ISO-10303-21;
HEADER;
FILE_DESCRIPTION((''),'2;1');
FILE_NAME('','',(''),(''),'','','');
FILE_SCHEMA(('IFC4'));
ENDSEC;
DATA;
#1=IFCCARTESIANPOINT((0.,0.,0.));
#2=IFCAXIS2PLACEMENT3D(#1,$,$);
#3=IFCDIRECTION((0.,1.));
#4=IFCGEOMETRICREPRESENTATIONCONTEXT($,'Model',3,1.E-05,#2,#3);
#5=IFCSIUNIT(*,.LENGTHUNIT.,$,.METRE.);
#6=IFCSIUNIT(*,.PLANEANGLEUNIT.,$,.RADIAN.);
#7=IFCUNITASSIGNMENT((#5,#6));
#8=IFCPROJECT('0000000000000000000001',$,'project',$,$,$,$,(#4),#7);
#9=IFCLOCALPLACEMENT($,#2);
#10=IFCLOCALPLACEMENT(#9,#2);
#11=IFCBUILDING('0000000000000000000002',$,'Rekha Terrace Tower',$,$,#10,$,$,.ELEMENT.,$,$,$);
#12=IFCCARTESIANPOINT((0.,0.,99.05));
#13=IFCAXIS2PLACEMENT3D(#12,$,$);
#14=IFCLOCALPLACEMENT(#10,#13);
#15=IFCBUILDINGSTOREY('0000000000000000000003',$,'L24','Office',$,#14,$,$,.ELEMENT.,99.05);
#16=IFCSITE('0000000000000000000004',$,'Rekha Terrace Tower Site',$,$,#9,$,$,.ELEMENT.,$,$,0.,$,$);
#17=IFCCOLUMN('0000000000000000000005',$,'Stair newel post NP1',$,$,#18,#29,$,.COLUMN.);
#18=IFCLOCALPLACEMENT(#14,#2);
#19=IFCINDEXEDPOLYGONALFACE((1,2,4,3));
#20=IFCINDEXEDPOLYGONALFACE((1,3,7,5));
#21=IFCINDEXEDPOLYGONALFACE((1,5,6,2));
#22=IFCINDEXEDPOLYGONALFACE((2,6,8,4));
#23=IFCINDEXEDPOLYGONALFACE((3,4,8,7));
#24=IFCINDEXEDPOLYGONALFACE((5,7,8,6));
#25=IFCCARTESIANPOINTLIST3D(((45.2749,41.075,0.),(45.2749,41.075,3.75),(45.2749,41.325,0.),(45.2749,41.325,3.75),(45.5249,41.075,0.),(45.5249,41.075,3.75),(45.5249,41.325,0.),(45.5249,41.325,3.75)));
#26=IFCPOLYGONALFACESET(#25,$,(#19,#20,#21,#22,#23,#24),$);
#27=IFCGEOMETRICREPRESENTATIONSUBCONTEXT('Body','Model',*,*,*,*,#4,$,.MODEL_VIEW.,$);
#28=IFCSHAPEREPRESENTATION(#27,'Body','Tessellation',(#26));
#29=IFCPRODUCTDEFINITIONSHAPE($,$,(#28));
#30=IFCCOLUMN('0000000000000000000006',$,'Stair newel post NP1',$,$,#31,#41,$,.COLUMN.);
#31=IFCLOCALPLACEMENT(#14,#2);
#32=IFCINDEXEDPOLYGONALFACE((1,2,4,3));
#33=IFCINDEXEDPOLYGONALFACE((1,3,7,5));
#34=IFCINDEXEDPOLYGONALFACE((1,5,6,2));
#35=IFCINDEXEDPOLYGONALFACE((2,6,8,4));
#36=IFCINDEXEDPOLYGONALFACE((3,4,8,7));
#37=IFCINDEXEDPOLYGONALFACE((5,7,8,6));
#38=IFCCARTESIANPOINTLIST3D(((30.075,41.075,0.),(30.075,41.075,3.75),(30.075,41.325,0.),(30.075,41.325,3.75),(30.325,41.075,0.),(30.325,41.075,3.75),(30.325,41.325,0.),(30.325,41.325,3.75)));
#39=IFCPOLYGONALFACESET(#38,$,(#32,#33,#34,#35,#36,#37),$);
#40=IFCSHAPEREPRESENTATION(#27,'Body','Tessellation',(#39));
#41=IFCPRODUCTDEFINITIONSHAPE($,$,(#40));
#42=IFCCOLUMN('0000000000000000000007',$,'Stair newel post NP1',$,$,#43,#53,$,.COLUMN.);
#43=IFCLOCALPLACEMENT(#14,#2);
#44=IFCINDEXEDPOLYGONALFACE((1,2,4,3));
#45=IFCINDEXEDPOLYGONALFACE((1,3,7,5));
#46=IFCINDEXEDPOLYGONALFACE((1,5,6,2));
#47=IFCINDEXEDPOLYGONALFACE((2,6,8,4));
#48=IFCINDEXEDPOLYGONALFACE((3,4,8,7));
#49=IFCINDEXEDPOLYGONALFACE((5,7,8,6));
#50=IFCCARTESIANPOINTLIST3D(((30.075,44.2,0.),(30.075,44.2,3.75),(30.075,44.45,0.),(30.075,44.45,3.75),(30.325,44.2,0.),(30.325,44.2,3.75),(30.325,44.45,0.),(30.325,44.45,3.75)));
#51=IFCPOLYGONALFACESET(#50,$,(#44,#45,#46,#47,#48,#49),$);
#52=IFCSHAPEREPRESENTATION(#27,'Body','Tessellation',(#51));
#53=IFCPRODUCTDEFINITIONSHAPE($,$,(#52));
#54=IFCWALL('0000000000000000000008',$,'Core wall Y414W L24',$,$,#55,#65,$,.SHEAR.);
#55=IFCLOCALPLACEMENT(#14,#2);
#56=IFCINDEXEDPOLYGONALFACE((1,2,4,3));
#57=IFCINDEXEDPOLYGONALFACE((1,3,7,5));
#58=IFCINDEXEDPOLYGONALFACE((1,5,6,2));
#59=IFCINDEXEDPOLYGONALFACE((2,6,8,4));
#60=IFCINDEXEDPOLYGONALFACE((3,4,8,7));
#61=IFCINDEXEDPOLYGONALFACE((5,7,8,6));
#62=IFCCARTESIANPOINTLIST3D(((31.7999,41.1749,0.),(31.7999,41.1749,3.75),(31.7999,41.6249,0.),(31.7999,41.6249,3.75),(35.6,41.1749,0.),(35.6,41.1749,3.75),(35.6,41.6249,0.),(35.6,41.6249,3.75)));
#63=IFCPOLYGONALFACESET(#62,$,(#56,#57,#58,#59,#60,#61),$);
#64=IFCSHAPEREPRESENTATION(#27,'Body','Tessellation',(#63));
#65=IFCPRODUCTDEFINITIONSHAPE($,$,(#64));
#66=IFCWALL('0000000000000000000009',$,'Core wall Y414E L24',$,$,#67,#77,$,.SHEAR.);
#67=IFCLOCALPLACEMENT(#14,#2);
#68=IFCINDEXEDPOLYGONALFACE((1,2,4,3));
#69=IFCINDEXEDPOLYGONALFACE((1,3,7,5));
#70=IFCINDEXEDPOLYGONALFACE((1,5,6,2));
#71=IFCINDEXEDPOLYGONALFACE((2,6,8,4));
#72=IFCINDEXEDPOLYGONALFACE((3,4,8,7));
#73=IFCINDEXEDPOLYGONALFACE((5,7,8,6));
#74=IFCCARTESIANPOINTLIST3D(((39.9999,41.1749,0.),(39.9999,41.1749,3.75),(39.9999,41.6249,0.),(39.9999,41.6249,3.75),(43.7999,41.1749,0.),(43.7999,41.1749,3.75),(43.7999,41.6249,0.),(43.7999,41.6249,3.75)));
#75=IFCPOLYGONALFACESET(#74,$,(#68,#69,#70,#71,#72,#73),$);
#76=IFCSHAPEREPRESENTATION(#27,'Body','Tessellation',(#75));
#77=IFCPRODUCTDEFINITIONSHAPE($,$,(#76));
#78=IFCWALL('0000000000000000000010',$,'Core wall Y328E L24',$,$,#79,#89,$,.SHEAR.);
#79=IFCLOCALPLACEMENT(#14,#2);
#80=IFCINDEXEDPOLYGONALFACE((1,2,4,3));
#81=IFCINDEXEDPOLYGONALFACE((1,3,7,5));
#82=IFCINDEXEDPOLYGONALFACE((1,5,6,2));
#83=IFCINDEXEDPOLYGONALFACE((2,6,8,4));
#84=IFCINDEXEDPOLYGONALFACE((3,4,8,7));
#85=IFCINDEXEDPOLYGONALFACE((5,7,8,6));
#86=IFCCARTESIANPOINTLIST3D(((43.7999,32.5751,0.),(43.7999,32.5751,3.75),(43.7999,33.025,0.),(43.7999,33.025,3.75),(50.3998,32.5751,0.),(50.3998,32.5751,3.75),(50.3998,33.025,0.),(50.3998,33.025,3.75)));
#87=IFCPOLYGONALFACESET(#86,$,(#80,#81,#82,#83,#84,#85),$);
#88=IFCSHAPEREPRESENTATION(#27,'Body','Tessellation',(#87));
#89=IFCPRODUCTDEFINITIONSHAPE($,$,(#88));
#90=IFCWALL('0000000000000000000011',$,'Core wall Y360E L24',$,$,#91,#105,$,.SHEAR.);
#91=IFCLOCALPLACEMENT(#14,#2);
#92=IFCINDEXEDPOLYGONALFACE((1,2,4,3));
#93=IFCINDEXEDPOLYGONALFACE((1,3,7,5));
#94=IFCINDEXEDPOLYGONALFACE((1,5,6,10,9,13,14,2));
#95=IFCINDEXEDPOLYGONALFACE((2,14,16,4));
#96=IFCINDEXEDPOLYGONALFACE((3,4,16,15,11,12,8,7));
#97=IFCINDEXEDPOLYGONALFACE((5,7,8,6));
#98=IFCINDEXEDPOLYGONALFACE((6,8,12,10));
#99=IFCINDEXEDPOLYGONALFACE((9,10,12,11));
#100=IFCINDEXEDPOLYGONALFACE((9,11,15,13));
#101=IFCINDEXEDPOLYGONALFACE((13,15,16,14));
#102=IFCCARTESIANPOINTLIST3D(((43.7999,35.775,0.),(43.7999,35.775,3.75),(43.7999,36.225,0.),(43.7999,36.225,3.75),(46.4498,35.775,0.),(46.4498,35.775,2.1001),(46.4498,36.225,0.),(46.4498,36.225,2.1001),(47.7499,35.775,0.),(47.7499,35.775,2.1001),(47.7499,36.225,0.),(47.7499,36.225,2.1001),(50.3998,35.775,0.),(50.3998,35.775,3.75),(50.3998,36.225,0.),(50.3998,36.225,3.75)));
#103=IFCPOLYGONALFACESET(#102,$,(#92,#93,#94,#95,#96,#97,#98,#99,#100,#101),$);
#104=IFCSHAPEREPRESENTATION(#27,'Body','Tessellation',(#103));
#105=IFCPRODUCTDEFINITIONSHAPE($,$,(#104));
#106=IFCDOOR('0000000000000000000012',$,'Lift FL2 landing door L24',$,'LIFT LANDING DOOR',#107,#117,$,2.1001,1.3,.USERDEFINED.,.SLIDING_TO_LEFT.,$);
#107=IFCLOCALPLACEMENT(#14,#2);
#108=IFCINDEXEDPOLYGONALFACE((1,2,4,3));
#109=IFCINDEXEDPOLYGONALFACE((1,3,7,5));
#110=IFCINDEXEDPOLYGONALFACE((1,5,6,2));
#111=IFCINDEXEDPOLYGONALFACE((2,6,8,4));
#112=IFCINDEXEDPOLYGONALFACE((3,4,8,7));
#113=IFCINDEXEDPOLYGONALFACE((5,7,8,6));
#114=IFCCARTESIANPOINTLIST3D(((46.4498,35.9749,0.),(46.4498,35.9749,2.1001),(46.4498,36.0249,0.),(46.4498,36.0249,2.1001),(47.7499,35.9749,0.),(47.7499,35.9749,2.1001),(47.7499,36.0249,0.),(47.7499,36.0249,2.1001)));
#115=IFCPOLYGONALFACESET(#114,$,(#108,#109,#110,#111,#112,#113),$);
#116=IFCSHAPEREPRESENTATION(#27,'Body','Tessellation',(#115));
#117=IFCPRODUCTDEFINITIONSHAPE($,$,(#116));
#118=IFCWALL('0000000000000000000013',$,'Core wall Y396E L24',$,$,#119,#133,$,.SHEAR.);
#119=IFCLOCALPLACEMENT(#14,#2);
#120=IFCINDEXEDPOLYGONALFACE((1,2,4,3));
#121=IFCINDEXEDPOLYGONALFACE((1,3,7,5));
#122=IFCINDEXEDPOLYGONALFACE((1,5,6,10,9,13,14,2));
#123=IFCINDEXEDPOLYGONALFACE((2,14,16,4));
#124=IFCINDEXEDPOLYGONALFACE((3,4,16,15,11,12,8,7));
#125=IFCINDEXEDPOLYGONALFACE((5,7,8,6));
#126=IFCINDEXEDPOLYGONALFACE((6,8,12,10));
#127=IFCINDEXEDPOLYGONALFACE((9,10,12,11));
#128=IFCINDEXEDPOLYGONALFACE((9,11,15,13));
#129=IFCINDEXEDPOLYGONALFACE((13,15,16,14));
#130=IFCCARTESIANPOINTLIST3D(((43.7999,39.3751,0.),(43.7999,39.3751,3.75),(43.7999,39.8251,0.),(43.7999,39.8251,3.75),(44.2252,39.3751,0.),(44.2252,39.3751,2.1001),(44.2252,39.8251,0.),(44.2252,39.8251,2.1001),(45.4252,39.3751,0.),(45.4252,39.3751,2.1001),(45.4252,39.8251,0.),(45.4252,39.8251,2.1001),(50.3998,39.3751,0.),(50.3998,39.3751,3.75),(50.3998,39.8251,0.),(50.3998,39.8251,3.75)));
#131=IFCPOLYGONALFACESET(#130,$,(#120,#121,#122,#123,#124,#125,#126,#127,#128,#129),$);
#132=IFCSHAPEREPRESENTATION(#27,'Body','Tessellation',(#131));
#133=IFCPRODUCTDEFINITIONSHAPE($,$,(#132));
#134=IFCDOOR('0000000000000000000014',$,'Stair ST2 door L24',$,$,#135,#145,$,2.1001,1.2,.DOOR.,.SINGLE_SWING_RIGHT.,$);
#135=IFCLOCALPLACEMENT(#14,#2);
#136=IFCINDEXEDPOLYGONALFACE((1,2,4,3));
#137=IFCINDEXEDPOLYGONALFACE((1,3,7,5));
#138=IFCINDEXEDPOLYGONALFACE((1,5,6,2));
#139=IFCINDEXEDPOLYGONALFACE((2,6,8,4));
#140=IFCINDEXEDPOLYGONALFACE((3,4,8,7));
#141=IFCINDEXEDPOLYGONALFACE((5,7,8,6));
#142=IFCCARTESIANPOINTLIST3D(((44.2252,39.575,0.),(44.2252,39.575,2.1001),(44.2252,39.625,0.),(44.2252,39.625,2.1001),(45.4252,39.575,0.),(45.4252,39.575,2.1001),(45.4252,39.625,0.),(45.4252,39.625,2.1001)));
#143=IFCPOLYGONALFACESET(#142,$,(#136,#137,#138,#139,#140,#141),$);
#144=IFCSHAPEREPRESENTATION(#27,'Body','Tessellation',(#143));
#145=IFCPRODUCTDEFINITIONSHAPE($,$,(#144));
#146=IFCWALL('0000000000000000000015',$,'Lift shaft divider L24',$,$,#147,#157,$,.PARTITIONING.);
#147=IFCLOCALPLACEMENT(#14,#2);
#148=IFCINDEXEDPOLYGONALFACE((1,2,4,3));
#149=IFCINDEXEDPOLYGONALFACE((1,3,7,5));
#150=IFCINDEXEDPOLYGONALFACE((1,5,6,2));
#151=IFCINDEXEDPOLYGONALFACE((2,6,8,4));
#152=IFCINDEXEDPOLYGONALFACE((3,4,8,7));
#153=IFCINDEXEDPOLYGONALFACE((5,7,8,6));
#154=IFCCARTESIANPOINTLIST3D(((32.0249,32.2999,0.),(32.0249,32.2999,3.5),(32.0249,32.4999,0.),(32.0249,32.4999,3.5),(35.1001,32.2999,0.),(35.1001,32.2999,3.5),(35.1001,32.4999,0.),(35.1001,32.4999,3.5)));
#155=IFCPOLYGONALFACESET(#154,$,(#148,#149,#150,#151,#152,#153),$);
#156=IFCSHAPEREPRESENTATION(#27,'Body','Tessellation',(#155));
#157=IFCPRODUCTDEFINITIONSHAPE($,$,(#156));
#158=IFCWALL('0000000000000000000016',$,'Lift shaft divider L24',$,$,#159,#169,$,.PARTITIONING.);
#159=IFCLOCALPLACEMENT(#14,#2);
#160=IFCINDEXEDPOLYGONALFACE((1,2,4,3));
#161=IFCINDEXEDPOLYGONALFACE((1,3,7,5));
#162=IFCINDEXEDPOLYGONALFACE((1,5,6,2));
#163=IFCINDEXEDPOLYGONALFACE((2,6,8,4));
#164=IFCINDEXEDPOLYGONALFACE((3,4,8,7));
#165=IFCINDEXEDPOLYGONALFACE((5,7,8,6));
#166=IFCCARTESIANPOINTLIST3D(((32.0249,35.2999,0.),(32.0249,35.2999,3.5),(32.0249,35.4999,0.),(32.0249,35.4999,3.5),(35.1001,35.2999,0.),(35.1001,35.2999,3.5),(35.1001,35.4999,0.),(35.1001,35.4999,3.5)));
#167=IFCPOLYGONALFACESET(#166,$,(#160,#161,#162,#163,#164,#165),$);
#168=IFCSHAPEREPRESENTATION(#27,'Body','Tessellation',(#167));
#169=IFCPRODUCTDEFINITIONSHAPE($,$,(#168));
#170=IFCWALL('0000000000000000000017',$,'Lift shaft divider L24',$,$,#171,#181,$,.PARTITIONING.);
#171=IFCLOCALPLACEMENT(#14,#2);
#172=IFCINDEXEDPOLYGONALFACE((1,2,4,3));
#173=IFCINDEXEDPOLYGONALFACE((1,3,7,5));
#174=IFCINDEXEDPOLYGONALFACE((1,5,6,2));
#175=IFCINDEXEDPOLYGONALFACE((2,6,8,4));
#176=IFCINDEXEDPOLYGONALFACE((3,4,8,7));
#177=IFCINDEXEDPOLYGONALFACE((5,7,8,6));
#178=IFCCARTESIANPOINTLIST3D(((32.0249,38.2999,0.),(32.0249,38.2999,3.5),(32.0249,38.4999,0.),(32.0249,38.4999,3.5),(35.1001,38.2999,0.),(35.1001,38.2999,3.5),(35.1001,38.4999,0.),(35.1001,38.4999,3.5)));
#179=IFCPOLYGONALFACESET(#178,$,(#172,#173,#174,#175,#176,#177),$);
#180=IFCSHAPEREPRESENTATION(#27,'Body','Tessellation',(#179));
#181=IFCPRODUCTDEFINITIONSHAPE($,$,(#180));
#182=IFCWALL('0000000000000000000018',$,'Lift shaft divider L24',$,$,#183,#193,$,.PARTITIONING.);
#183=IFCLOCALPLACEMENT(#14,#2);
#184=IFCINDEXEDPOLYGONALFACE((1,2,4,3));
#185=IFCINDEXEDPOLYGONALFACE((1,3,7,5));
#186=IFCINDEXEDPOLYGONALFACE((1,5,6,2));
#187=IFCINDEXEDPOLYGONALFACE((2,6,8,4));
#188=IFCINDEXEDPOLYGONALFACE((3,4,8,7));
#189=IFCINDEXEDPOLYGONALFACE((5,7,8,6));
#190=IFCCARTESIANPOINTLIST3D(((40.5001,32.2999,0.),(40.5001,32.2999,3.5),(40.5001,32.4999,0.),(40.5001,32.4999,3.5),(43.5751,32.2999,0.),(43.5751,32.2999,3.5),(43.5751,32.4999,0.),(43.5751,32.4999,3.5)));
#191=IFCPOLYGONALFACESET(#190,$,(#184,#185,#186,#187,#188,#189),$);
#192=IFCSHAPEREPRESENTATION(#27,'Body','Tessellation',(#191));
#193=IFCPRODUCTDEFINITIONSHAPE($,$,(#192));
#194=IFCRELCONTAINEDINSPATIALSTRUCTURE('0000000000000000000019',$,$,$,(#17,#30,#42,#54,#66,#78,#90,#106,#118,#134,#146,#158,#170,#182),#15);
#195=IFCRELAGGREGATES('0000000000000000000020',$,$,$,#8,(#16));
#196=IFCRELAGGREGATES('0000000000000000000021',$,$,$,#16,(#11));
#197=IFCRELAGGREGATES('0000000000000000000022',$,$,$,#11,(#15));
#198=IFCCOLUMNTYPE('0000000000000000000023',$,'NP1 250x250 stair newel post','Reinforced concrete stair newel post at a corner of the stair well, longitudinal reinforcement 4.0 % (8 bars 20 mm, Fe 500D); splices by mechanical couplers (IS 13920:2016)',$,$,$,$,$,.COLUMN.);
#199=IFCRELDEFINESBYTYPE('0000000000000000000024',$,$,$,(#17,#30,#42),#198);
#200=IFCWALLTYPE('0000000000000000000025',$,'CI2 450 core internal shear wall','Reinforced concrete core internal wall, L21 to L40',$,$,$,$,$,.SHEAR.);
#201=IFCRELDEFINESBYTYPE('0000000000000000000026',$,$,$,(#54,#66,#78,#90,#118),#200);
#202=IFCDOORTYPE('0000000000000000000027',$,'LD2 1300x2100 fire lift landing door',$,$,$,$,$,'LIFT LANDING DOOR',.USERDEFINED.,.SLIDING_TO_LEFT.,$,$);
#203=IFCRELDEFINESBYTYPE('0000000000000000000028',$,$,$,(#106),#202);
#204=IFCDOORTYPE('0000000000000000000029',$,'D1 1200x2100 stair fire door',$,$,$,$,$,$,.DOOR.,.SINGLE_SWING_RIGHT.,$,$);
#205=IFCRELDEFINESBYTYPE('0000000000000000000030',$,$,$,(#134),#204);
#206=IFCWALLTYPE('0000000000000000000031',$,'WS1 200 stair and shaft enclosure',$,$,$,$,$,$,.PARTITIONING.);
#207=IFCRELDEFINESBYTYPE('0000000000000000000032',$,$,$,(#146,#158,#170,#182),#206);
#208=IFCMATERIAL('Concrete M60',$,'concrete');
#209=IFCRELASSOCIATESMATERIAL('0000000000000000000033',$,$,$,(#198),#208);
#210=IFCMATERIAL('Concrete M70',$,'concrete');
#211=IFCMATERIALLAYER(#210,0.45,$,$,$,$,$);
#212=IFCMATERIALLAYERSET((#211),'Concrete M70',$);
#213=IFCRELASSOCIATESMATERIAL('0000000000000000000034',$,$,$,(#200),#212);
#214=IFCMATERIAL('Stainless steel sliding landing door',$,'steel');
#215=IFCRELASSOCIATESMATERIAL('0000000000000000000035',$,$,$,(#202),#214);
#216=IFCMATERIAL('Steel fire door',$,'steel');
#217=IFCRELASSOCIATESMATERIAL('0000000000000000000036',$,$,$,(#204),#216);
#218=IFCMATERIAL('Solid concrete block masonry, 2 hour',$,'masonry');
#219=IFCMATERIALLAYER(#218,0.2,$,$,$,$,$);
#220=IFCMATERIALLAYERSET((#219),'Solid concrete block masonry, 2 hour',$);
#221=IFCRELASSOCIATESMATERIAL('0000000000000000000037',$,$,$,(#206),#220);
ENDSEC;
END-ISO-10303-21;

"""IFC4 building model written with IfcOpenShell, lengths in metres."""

from ifc_helpers import new_model, si_unit, direction, frame, frame_2d, origin, origin_2d, place, context, subcontext, project, spatial, rectangle, extrude, material, layer, layer_set, material_profile, profile_set, type_object, element, fill, save


model = new_model("IFC4")

# Units and contexts
model_context = context("Model", 3, precision=1e-05, world=origin(), true_north=direction((0.0, 1.0)))
body_context = subcontext(model_context, "Body", "Model", "MODEL_VIEW")
ifc_project = project(units=[si_unit("LENGTHUNIT", "METRE"), si_unit("PLANEANGLEUNIT", "RADIAN")], contexts=[model_context])

# Site, building, storey
site_placement = place(None, origin())
site = spatial("IfcSite", under=ifc_project, at=site_placement, Name="Rekha Terrace Tower Site", CompositionType="ELEMENT", RefElevation=0.0)
building_placement = place(site_placement, origin())
building = spatial("IfcBuilding", under=site, at=building_placement, Name="Rekha Terrace Tower", CompositionType="ELEMENT")
storey_placement = place(building_placement, frame((0.0, 0.0, 99.05)))
storey = spatial("IfcBuildingStorey", under=building, at=storey_placement, Name="L24", Description="Office", CompositionType="ELEMENT", Elevation=99.05)

# Columns
ifc_material_1 = material(Name="Concrete M60", Category="concrete")
ifc_material_profile = material_profile(ifc_material_1, rectangle(XDim=0.25, YDim=0.25, at=origin_2d()), Name="RC 250x250")
ifc_profile_set = profile_set([ifc_material_profile], Name="Concrete M60")
column_type = type_object("IfcColumnType", Name="NP1 250x250 stair newel post", Description="Reinforced concrete stair newel post at a corner of the stair well, longitudinal reinforcement 4.0 % (8 bars 20 mm, Fe 500D); splices by mechanical couplers (IS 13920:2016)", PredefinedType="COLUMN", material=ifc_profile_set)
for number, where, z_axis, x_axis, name in (
    (1, (45.3999, 41.2, 0.0), (0.0, 0.0, 1.0), (1.0, 0.0, 0.0), "Stair newel post NP1"),
    (2, (30.2, 41.2, 0.0), (0.0, 0.0, 1.0), (1.0, 0.0, 0.0), "Stair newel post NP1"),
    (3, (30.2, 44.325, 0.0), (0.0, 0.0, 1.0), (1.0, 0.0, 0.0), "Stair newel post NP1"),
):
    element("IfcColumn", number, at=place(storey_placement, frame(where, z_axis=z_axis, x_axis=x_axis)), inside=storey, type_object=column_type, Name=name, PredefinedType="COLUMN", context=body_context, shape_type="SweptSolid", body=[
        extrude(rectangle(XDim=0.25, YDim=0.25, at=origin_2d()), origin(), (0.0, 0.0, 1.0), 3.75),
    ])

# Walls
ifc_material_2 = material(Name="Concrete M70", Category="concrete")
ifc_layer_1 = layer(ifc_material_2, 0.45)
ifc_layer_set_1 = layer_set([ifc_layer_1], Name="Concrete M70")
wall_type_1 = type_object("IfcWallType", Name="CI2 450 core internal shear wall", Description="Reinforced concrete core internal wall, L21 to L40", PredefinedType="SHEAR", material=ifc_layer_set_1)
for number, where, z_axis, x_axis, name in (
    (4, (31.8, 41.3999, 0.0), (0.0, 0.0, 1.0), (1.0, 0.0, 0.0), "Core wall Y414W L24"),
    (5, (40.0, 41.3999, 0.0), (0.0, 0.0, 1.0), (1.0, 0.0, 0.0), "Core wall Y414E L24"),
):
    element("IfcWall", number, at=place(storey_placement, frame(where, z_axis=z_axis, x_axis=x_axis)), inside=storey, type_object=wall_type_1, Name=name, PredefinedType="SHEAR", context=body_context, shape_type="SweptSolid", body=[
        extrude(rectangle(XDim=3.8, YDim=0.45, at=frame_2d((1.8999, 0.0))), origin(), (0.0, 0.0, 1.0), 3.75),
    ])
wall_1_placement = place(storey_placement, frame((43.8, 32.8, 0.0), z_axis=(0.0, 0.0, 1.0), x_axis=(1.0, 0.0, 0.0)))
element("IfcWall", 6, at=wall_1_placement, inside=storey, type_object=wall_type_1, Name="Core wall Y328E L24", PredefinedType="SHEAR", context=body_context, shape_type="SweptSolid", body=[
    extrude(rectangle(XDim=6.5999, YDim=0.45, at=frame_2d((3.2998, 0.0))), origin(), (0.0, 0.0, 1.0), 3.75),
])

# Walls, openings, doors
wall_2_placement = place(storey_placement, frame((43.8, 36.0, 0.0), z_axis=(0.0, 0.0, 1.0), x_axis=(1.0, 0.0, 0.0)))
wall_2 = element("IfcWall", 7, at=wall_2_placement, inside=storey, type_object=wall_type_1, Name="Core wall Y360E L24", PredefinedType="SHEAR", context=body_context, shape_type="SweptSolid", body=[
    extrude(rectangle(XDim=6.5999, YDim=0.45, at=frame_2d((3.2998, 0.0))), origin(), (0.0, 0.0, 1.0), 3.75),
])
opening_1_placement = place(wall_2_placement, frame((2.6499, 0.0, 0.0)))
opening_1 = element("IfcOpeningElement", 8, at=opening_1_placement, cuts=wall_2, PredefinedType="OPENING", context=body_context, shape_type="SweptSolid", body=[
    extrude(rectangle(XDim=1.3, YDim=2.1001, at=frame_2d((0.6499, 1.05))), frame((0.0, 0.2349, 0.0), z_axis=(0.0, -1.0, 0.0), x_axis=(1.0, 0.0, 0.0)), (0.0, 0.0, 1.0), 0.47),
])
ifc_material_3 = material(Name="Stainless steel sliding landing door", Category="steel")
door_type_1 = type_object("IfcDoorType", Name="LD2 1300x2100 fire lift landing door", ElementType="LIFT LANDING DOOR", OperationType="SLIDING_TO_LEFT", PredefinedType="USERDEFINED", material=ifc_material_3)
door_1_placement = place(opening_1_placement, origin())
door_1 = element("IfcDoor", 9, at=door_1_placement, inside=storey, type_object=door_type_1, Name="Lift FL2 landing door L24", ObjectType="LIFT LANDING DOOR", OperationType="SLIDING_TO_LEFT", OverallHeight=2.1001, OverallWidth=1.3, PredefinedType="USERDEFINED", context=body_context, shape_type="SweptSolid", body=[
    extrude(rectangle(XDim=1.3, YDim=2.1001, at=frame_2d((0.6499, 1.05))), frame((0.0, 0.0249, 0.0), z_axis=(0.0, -1.0, 0.0), x_axis=(1.0, 0.0, 0.0)), (0.0, 0.0, 1.0), 0.05),
])
fill(opening_1, door_1)
wall_3_placement = place(storey_placement, frame((43.8, 39.6001, 0.0), z_axis=(0.0, 0.0, 1.0), x_axis=(1.0, 0.0, 0.0)))
wall_3 = element("IfcWall", 10, at=wall_3_placement, inside=storey, type_object=wall_type_1, Name="Core wall Y396E L24", PredefinedType="SHEAR", context=body_context, shape_type="SweptSolid", body=[
    extrude(rectangle(XDim=6.5999, YDim=0.45, at=frame_2d((3.2998, 0.0))), origin(), (0.0, 0.0, 1.0), 3.75),
])
opening_2_placement = place(wall_3_placement, frame((0.425, 0.0, 0.0)))
opening_2 = element("IfcOpeningElement", 11, at=opening_2_placement, cuts=wall_3, PredefinedType="OPENING", context=body_context, shape_type="SweptSolid", body=[
    extrude(rectangle(XDim=1.2, YDim=2.1001, at=frame_2d((0.6001, 1.05))), frame((0.0, 0.2349, 0.0), z_axis=(0.0, -1.0, 0.0), x_axis=(1.0, 0.0, 0.0)), (0.0, 0.0, 1.0), 0.47),
])
ifc_material_4 = material(Name="Steel fire door", Category="steel")
door_type_2 = type_object("IfcDoorType", Name="D1 1200x2100 stair fire door", OperationType="SINGLE_SWING_RIGHT", PredefinedType="DOOR", material=ifc_material_4)
door_2_placement = place(opening_2_placement, origin())
door_2 = element("IfcDoor", 12, at=door_2_placement, inside=storey, type_object=door_type_2, Name="Stair ST2 door L24", OperationType="SINGLE_SWING_RIGHT", OverallHeight=2.1001, OverallWidth=1.2, PredefinedType="DOOR", context=body_context, shape_type="SweptSolid", body=[
    extrude(rectangle(XDim=1.2, YDim=2.1001, at=frame_2d((0.6001, 1.05))), frame((0.0, 0.0249, 0.0), z_axis=(0.0, -1.0, 0.0), x_axis=(1.0, 0.0, 0.0)), (0.0, 0.0, 1.0), 0.05),
])
fill(opening_2, door_2)

# Walls
ifc_material_5 = material(Name="Solid concrete block masonry, 2 hour", Category="masonry")
ifc_layer_2 = layer(ifc_material_5, 0.2)
ifc_layer_set_2 = layer_set([ifc_layer_2], Name="Solid concrete block masonry, 2 hour")
wall_type_2 = type_object("IfcWallType", Name="WS1 200 stair and shaft enclosure", PredefinedType="PARTITIONING", material=ifc_layer_set_2)
for number, where, z_axis, x_axis, name in (
    (13, (32.0249, 32.3999, 0.0), (0.0, 0.0, 1.0), (1.0, 0.0, 0.0), "Lift shaft divider L24"),
    (14, (32.0249, 35.3999, 0.0), (0.0, 0.0, 1.0), (1.0, 0.0, 0.0), "Lift shaft divider L24"),
    (15, (32.0249, 38.3999, 0.0), (0.0, 0.0, 1.0), (1.0, 0.0, 0.0), "Lift shaft divider L24"),
):
    element("IfcWall", number, at=place(storey_placement, frame(where, z_axis=z_axis, x_axis=x_axis)), inside=storey, type_object=wall_type_2, Name=name, PredefinedType="PARTITIONING", context=body_context, shape_type="SweptSolid", body=[
        extrude(rectangle(XDim=3.0752, YDim=0.2, at=frame_2d((1.5376, 0.0))), origin(), (0.0, 0.0, 1.0), 3.5),
    ])
for number, where, z_axis, x_axis, name in (
    (16, (40.5, 32.3999, 0.0), (0.0, 0.0, 1.0), (1.0, 0.0, 0.0), "Lift shaft divider L24"),
):
    element("IfcWall", number, at=place(storey_placement, frame(where, z_axis=z_axis, x_axis=x_axis)), inside=storey, type_object=wall_type_2, Name=name, PredefinedType="PARTITIONING", context=body_context, shape_type="SweptSolid", body=[
        extrude(rectangle(XDim=3.075, YDim=0.2, at=frame_2d((1.5376, 0.0))), origin(), (0.0, 0.0, 1.0), 3.5),
    ])

save(model, "model.ifc")
